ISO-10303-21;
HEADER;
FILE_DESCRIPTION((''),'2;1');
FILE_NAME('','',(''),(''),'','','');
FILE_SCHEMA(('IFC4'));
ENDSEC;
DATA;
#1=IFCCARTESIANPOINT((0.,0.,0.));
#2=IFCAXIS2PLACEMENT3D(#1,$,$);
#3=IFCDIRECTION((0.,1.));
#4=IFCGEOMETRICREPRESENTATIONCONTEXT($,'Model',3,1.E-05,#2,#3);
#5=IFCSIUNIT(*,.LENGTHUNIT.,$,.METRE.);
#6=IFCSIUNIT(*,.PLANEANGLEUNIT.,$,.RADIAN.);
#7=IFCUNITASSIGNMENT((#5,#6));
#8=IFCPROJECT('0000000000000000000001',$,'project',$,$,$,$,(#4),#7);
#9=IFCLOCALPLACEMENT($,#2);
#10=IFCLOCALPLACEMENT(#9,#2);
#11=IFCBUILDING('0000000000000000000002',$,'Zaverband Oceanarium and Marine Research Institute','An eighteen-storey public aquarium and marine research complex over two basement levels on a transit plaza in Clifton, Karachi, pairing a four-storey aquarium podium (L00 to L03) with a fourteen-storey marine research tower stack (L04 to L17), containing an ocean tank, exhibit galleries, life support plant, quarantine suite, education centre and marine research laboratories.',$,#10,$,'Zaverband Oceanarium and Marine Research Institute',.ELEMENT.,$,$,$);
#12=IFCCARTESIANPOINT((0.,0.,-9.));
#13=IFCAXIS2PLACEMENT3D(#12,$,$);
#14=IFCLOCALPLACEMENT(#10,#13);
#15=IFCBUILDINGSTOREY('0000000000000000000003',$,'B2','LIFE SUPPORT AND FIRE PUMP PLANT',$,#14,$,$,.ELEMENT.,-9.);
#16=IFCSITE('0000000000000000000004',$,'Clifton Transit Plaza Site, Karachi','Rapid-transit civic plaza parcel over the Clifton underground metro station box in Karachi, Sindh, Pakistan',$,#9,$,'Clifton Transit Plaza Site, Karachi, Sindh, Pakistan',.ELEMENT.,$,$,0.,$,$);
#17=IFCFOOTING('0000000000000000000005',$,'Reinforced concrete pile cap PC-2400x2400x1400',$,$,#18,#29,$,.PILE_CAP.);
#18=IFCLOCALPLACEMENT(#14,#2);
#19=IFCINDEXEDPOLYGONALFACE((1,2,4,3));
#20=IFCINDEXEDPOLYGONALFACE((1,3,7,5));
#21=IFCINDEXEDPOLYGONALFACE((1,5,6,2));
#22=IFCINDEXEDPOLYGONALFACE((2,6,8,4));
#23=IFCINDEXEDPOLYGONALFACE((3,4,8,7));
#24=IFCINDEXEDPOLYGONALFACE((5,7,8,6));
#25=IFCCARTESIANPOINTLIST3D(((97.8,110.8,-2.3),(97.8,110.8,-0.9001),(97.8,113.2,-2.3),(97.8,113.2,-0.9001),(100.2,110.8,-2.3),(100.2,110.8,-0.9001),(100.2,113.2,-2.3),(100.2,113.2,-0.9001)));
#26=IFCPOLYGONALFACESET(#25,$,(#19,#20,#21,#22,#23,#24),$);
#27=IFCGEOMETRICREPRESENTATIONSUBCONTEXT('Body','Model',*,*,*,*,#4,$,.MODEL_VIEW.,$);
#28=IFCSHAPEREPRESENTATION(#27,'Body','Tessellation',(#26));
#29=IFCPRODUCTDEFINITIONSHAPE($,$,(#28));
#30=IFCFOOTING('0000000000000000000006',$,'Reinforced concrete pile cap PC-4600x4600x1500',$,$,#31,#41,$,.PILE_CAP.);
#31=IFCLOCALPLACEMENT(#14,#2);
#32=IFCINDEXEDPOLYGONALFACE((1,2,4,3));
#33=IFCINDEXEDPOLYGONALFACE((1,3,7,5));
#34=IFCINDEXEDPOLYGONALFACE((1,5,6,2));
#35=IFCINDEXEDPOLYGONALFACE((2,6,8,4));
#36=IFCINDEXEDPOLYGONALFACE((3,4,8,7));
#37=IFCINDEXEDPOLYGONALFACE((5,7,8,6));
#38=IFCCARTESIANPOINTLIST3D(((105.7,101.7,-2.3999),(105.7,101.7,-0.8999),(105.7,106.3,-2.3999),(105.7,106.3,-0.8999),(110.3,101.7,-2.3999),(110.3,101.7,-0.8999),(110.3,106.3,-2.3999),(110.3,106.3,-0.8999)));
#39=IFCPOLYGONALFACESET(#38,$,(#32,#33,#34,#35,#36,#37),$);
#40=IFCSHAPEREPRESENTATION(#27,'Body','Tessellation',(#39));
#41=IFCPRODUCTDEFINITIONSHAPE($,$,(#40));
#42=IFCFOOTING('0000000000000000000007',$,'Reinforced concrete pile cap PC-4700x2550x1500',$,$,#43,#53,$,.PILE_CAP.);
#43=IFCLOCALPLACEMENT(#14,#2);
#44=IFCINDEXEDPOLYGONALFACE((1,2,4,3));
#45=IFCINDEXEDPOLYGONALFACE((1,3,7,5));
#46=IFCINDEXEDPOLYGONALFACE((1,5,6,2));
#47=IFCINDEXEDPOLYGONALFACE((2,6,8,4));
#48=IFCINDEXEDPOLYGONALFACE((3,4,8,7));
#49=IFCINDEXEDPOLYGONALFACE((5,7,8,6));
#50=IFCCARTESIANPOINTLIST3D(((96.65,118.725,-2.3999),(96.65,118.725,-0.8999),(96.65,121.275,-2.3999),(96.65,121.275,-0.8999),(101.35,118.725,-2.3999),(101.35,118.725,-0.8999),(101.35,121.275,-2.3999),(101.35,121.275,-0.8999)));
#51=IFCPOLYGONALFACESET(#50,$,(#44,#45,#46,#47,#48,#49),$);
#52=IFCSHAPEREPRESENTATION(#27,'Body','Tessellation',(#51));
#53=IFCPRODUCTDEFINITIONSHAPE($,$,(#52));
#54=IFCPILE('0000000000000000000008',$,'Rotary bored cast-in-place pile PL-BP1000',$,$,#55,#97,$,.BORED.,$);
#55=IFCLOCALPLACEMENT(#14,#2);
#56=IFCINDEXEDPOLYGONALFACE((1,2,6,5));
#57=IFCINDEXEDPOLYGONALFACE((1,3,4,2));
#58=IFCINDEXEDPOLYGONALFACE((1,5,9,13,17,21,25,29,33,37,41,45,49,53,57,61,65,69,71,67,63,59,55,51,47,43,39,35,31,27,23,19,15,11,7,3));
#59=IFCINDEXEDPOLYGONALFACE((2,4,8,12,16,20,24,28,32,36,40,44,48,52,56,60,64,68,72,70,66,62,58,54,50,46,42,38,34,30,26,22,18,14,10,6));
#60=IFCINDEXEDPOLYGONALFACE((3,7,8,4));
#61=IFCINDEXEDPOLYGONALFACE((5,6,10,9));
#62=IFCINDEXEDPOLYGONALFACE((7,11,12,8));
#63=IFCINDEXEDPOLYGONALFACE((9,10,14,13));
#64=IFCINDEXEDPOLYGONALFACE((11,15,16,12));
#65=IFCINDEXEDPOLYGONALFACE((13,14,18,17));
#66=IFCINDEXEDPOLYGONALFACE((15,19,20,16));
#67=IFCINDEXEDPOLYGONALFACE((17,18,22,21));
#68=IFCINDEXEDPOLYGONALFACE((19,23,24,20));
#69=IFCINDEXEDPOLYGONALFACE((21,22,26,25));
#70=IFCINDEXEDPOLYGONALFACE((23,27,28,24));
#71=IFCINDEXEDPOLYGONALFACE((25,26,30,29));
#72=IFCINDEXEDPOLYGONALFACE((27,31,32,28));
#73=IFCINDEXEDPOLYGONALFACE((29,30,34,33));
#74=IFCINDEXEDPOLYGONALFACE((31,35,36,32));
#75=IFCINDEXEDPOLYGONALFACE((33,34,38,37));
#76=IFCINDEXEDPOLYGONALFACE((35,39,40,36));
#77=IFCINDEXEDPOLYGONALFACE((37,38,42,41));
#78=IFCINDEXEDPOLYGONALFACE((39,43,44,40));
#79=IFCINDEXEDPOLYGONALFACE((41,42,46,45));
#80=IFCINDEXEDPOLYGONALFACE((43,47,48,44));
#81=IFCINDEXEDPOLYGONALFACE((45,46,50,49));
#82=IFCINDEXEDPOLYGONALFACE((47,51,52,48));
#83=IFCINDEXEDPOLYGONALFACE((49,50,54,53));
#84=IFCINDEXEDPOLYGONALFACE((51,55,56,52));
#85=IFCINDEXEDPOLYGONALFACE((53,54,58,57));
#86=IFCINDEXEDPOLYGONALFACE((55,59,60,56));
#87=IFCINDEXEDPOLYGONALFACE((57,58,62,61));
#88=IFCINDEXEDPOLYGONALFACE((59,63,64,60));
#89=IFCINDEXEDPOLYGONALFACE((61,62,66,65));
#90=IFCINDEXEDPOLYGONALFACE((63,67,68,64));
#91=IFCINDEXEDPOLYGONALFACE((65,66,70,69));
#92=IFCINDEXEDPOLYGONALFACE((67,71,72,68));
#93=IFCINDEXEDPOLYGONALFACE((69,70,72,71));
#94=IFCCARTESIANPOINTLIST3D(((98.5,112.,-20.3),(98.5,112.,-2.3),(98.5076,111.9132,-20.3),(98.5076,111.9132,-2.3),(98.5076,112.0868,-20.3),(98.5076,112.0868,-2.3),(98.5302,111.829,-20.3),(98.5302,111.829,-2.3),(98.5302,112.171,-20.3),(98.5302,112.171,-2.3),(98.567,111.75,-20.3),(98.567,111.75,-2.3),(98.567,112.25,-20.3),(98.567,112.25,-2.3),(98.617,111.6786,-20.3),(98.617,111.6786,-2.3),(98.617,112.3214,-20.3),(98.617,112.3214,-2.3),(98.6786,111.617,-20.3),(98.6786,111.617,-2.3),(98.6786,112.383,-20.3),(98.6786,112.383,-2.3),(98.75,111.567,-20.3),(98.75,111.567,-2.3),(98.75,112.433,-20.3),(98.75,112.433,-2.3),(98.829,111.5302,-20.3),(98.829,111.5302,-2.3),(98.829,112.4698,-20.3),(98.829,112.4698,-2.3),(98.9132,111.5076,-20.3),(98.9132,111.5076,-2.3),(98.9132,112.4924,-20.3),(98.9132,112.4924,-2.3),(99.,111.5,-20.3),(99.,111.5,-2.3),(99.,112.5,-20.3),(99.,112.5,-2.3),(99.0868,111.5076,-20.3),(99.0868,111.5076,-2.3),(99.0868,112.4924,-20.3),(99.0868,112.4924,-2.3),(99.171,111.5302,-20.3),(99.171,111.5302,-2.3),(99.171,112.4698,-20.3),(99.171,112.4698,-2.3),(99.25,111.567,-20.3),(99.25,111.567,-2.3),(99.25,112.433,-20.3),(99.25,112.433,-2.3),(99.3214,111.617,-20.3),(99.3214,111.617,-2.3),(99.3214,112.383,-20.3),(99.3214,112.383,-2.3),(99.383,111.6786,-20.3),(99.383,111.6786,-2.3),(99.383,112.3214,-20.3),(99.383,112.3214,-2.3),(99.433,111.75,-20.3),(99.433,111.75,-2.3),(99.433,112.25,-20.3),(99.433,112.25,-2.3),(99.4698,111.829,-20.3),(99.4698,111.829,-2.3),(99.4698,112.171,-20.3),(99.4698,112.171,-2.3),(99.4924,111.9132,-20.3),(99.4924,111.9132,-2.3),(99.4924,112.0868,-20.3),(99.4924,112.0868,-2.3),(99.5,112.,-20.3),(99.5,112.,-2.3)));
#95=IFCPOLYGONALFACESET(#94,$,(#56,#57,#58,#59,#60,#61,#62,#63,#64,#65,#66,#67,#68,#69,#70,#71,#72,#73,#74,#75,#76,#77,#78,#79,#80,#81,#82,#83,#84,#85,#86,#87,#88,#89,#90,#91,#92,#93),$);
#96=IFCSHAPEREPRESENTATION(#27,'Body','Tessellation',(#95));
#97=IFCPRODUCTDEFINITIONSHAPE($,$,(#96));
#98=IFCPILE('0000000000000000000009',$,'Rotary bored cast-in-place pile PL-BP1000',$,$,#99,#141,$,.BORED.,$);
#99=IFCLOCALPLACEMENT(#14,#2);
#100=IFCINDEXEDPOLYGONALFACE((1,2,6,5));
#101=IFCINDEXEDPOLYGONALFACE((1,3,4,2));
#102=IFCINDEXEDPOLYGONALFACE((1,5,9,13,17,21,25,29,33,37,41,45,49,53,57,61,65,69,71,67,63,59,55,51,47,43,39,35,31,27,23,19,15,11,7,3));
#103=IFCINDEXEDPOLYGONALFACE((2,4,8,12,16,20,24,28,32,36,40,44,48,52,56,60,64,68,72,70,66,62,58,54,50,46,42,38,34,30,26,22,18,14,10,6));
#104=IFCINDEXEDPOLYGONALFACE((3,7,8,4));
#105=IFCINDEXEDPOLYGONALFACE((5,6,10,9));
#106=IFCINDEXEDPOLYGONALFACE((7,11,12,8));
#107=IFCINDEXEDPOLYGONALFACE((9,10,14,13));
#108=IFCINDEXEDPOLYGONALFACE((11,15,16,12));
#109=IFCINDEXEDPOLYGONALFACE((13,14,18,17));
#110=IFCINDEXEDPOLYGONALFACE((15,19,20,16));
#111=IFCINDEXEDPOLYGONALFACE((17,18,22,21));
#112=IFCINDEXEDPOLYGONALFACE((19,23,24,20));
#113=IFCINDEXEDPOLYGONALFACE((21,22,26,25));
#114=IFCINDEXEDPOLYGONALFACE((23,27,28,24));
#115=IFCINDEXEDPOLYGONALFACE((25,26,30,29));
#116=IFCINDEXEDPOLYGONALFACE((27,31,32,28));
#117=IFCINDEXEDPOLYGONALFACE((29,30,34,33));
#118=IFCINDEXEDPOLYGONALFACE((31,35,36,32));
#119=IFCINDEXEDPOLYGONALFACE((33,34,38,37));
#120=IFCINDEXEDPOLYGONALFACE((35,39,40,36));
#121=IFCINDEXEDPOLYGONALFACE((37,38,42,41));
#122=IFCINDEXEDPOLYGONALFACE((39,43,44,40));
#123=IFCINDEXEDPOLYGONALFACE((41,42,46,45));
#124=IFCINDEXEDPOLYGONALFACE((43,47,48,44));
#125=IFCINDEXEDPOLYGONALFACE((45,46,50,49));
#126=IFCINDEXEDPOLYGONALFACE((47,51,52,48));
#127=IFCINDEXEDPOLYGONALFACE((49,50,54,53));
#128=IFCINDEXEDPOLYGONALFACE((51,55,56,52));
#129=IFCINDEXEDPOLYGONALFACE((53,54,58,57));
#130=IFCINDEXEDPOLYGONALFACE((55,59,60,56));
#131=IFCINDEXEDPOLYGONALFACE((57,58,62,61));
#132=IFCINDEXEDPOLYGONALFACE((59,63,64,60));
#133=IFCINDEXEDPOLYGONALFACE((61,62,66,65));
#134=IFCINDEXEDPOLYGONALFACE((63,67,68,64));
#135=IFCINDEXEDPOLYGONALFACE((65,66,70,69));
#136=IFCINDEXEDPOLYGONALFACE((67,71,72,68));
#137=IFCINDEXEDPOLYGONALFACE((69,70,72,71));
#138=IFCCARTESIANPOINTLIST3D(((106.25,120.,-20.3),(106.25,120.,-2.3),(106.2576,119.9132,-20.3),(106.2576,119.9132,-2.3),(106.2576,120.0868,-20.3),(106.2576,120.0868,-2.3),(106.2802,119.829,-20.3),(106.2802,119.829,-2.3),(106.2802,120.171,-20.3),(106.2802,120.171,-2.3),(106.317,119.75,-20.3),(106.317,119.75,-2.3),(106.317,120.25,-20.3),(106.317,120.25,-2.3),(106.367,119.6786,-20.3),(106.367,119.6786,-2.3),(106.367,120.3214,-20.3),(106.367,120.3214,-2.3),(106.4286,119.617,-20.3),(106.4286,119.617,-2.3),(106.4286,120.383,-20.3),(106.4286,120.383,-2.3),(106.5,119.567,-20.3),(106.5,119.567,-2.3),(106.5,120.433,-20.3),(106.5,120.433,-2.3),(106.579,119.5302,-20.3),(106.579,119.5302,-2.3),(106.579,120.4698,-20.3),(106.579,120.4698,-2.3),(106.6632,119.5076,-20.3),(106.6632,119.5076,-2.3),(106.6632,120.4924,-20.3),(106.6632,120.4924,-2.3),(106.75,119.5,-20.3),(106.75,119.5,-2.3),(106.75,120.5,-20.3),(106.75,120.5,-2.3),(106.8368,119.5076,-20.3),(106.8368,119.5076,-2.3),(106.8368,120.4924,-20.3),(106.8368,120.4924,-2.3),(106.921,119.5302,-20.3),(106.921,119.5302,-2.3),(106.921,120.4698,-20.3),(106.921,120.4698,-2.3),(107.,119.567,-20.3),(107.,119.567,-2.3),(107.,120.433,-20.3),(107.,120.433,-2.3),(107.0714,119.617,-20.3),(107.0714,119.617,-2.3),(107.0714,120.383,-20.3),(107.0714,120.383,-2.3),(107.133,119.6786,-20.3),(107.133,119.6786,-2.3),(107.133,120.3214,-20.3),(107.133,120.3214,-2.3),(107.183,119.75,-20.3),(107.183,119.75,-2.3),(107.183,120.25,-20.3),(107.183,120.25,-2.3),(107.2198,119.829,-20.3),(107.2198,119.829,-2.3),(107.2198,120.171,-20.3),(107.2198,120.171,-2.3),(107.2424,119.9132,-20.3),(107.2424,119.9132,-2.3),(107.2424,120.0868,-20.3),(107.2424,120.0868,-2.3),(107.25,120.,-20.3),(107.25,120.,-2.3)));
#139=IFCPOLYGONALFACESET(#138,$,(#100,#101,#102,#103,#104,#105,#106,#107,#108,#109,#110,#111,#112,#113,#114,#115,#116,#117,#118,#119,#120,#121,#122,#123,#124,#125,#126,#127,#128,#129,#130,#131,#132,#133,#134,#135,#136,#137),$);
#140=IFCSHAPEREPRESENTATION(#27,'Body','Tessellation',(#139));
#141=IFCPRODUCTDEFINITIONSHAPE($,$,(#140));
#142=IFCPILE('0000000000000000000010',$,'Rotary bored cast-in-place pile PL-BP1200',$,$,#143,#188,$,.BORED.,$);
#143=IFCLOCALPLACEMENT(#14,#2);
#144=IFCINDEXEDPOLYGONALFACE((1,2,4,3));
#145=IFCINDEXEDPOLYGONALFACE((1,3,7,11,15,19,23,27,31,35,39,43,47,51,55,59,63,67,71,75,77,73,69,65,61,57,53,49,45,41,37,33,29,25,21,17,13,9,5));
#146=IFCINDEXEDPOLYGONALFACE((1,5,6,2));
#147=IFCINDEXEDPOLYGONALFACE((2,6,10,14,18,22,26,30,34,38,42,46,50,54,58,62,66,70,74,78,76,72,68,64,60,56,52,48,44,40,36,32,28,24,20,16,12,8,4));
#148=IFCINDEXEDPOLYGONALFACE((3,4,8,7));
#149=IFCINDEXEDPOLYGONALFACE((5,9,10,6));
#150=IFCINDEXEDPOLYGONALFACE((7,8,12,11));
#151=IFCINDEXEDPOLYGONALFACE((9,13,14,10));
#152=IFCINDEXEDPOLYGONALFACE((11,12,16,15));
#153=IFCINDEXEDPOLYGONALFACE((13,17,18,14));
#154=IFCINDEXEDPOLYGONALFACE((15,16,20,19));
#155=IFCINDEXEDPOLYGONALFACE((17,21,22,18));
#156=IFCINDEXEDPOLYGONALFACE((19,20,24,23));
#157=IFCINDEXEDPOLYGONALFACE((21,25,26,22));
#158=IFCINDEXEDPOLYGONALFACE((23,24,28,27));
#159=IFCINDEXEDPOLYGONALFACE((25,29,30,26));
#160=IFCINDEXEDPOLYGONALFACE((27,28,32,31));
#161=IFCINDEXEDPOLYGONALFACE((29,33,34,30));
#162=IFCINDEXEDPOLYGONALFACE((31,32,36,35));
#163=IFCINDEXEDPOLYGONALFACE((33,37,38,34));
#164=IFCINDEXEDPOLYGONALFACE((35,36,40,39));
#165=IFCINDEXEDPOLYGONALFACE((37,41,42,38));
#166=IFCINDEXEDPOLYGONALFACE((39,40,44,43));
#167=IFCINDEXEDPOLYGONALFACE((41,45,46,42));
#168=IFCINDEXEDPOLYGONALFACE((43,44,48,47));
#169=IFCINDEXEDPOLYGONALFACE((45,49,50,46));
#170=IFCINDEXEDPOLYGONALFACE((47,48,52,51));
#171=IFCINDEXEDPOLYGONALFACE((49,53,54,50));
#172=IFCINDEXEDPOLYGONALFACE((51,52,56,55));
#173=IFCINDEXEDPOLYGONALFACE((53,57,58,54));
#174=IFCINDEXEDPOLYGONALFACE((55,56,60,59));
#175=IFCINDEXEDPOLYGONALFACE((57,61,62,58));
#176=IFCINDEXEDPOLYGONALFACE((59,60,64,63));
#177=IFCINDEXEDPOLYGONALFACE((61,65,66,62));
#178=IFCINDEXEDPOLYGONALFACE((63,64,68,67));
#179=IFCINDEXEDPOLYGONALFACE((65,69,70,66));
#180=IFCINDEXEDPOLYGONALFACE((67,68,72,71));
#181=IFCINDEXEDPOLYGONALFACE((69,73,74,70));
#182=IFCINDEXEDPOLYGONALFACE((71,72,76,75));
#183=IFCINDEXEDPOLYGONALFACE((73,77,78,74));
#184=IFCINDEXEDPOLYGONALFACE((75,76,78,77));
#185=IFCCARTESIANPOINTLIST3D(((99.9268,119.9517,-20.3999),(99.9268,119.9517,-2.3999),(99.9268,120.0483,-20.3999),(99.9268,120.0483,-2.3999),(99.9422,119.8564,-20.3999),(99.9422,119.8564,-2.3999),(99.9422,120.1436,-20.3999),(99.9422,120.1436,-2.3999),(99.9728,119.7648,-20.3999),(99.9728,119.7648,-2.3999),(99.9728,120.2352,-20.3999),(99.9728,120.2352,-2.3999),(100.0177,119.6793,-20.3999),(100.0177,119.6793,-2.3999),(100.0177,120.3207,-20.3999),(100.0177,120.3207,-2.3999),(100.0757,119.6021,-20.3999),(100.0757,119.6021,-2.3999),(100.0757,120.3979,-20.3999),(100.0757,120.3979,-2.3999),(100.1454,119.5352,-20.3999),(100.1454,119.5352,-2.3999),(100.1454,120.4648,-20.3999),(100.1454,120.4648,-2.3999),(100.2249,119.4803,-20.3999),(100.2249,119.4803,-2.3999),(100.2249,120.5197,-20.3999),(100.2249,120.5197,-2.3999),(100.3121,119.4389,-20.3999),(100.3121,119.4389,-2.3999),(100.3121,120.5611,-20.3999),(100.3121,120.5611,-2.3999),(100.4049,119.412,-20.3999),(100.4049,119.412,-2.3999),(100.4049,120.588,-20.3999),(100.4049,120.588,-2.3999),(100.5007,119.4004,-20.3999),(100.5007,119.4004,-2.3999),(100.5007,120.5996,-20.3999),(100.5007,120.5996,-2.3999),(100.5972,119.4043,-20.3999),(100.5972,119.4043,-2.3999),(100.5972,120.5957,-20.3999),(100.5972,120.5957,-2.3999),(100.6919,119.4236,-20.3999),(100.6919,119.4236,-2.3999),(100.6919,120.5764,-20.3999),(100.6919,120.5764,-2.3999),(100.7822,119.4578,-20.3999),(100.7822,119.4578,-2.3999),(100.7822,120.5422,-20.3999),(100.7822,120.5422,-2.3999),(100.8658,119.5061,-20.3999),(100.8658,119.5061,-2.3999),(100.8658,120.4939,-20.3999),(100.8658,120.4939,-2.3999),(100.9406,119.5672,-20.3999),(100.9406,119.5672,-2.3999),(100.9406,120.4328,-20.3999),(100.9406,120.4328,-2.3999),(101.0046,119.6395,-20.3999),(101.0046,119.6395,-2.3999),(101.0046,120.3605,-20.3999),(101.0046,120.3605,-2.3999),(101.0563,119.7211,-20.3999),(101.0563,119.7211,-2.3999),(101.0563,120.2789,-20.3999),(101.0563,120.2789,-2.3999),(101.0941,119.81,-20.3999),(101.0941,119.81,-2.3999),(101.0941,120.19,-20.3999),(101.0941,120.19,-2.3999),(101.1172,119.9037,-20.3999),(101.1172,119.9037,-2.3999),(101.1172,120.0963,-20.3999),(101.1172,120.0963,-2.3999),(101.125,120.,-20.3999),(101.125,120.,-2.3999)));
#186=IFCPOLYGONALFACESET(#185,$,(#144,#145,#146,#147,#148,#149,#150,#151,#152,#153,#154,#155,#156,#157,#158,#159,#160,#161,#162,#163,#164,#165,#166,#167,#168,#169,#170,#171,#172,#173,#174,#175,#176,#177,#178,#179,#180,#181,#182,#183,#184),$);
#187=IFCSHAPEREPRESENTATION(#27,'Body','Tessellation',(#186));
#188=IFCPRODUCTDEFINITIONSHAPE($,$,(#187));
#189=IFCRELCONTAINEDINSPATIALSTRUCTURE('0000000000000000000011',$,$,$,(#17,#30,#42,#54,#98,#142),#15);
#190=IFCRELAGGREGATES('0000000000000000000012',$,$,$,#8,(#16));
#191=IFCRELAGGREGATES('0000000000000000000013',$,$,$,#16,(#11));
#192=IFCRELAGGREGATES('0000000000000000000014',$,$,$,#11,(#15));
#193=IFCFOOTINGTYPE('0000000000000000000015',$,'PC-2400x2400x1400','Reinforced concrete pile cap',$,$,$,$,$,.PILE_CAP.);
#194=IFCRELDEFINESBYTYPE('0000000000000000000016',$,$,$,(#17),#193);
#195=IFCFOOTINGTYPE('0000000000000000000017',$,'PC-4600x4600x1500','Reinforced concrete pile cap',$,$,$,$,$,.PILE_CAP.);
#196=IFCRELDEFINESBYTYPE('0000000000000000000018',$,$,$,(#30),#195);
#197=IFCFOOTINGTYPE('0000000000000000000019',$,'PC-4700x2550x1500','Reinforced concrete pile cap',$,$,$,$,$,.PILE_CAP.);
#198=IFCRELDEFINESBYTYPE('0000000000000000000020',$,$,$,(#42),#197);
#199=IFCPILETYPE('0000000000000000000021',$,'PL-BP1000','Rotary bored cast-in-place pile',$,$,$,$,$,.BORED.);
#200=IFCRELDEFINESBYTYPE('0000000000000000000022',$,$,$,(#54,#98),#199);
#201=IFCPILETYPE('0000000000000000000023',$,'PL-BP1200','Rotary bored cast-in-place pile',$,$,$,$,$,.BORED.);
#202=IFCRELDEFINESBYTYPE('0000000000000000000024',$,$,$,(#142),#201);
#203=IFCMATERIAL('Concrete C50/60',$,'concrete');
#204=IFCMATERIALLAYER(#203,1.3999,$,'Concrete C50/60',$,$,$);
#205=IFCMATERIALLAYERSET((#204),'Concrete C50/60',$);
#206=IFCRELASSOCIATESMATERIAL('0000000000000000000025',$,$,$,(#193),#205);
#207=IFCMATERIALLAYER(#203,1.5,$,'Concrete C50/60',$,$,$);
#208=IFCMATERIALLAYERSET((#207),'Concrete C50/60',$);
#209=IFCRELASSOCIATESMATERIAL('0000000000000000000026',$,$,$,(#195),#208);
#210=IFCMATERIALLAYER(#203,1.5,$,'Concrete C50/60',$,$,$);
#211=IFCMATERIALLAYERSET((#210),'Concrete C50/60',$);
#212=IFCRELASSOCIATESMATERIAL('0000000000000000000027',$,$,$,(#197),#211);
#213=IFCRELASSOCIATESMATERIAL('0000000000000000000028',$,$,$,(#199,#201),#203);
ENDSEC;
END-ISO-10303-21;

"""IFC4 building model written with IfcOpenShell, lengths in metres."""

from ifc_helpers import new_model, si_unit, direction, frame, origin, origin_2d, place, context, subcontext, project, spatial, rectangle, circle, extrude, material, layer, layer_set, material_profile, profile_set, type_object, element, save


model = new_model("IFC4")

# Units and contexts
model_context = context("Model", 3, precision=1e-05, world=origin(), true_north=direction((0.0, 1.0)))
body_context = subcontext(model_context, "Body", "Model", "MODEL_VIEW")
ifc_project = project(units=[si_unit("LENGTHUNIT", "METRE"), si_unit("PLANEANGLEUNIT", "RADIAN")], contexts=[model_context])

# Site, building, storey
site_placement = place(None, origin())
site = spatial("IfcSite", under=ifc_project, at=site_placement, Name="Clifton Transit Plaza Site, Karachi", Description="Rapid-transit civic plaza parcel over the Clifton underground metro station box in Karachi, Sindh, Pakistan", LongName="Clifton Transit Plaza Site, Karachi, Sindh, Pakistan", CompositionType="ELEMENT", RefElevation=0.0)
building_placement = place(site_placement, origin())
building = spatial("IfcBuilding", under=site, at=building_placement, Name="Zaverband Oceanarium and Marine Research Institute", Description="An eighteen-storey public aquarium and marine research complex over two basement levels on a transit plaza in Clifton, Karachi, pairing a four-storey aquarium podium (L00 to L03) with a fourteen-storey marine research tower stack (L04 to L17), containing an ocean tank, exhibit galleries, life support plant, quarantine suite, education centre and marine research laboratories.", LongName="Zaverband Oceanarium and Marine Research Institute", CompositionType="ELEMENT")
storey_placement = place(building_placement, frame((0.0, 0.0, -9.0)))
storey = spatial("IfcBuildingStorey", under=building, at=storey_placement, Name="B2", Description="LIFE SUPPORT AND FIRE PUMP PLANT", CompositionType="ELEMENT", Elevation=-9.0)

# Footings
ifc_material_1 = material(Name="Concrete C50/60", Category="concrete")
ifc_layer_1 = layer(ifc_material_1, 1.3999, Name="Concrete C50/60")
ifc_layer_set_1 = layer_set([ifc_layer_1], Name="Concrete C50/60")
footing_type_1 = type_object("IfcFootingType", Name="PC-2400x2400x1400", Description="Reinforced concrete pile cap", PredefinedType="PILE_CAP", material=ifc_layer_set_1)
footing_1_placement = place(storey_placement, frame((99.0, 112.0, -2.3), z_axis=(0.0, 0.0, 1.0), x_axis=(1.0, 0.0, 0.0)))
element("IfcFooting", 1, at=footing_1_placement, inside=storey, type_object=footing_type_1, Name="Reinforced concrete pile cap PC-2400x2400x1400", PredefinedType="PILE_CAP", context=body_context, shape_type="SweptSolid", body=[
    extrude(rectangle(XDim=2.3999, YDim=2.3999, at=origin_2d()), origin(), (0.0, 0.0, 1.0), 1.3999),
])
ifc_layer_2 = layer(ifc_material_1, 1.5, Name="Concrete C50/60")
ifc_layer_set_2 = layer_set([ifc_layer_2], Name="Concrete C50/60")
footing_type_2 = type_object("IfcFootingType", Name="PC-4600x4600x1500", Description="Reinforced concrete pile cap", PredefinedType="PILE_CAP", material=ifc_layer_set_2)
footing_2_placement = place(storey_placement, frame((108.0, 104.0, -2.3999), z_axis=(0.0, 0.0, 1.0), x_axis=(1.0, 0.0, 0.0)))
element("IfcFooting", 2, at=footing_2_placement, inside=storey, type_object=footing_type_2, Name="Reinforced concrete pile cap PC-4600x4600x1500", PredefinedType="PILE_CAP", context=body_context, shape_type="SweptSolid", body=[
    extrude(rectangle(XDim=4.6001, YDim=4.6001, at=origin_2d()), origin(), (0.0, 0.0, 1.0), 1.5),
])
ifc_layer_3 = layer(ifc_material_1, 1.5, Name="Concrete C50/60")
ifc_layer_set_3 = layer_set([ifc_layer_3], Name="Concrete C50/60")
footing_type_3 = type_object("IfcFootingType", Name="PC-4700x2550x1500", Description="Reinforced concrete pile cap", PredefinedType="PILE_CAP", material=ifc_layer_set_3)
footing_3_placement = place(storey_placement, frame((99.0, 120.0, -2.3999), z_axis=(0.0, 0.0, 1.0), x_axis=(1.0, 0.0, 0.0)))
element("IfcFooting", 3, at=footing_3_placement, inside=storey, type_object=footing_type_3, Name="Reinforced concrete pile cap PC-4700x2550x1500", PredefinedType="PILE_CAP", context=body_context, shape_type="SweptSolid", body=[
    extrude(rectangle(XDim=4.7, YDim=2.55, at=origin_2d()), origin(), (0.0, 0.0, 1.0), 1.5),
])

# Piles
ifc_material_profile_1 = material_profile(ifc_material_1, circle(Radius=0.5, at=origin_2d()), Name="BP1000")
ifc_profile_set_1 = profile_set([ifc_material_profile_1], Name="Concrete C50/60")
pile_type_1 = type_object("IfcPileType", Name="PL-BP1000", Description="Rotary bored cast-in-place pile", PredefinedType="BORED", material=ifc_profile_set_1)
for number, where, z_axis, x_axis, name in (
    (4, (99.0, 112.0, -2.3), (0.0, 0.0, -1.0), (1.0, 0.0, 0.0), "Rotary bored cast-in-place pile PL-BP1000"),
    (5, (106.75, 120.0, -2.3), (0.0, 0.0, -1.0), (1.0, 0.0, 0.0), "Rotary bored cast-in-place pile PL-BP1000"),
):
    element("IfcPile", number, at=place(storey_placement, frame(where, z_axis=z_axis, x_axis=x_axis)), inside=storey, type_object=pile_type_1, Name=name, PredefinedType="BORED", context=body_context, shape_type="SweptSolid", body=[
        extrude(circle(Radius=0.5, at=origin_2d()), origin(), (0.0, 0.0, 1.0), 18.0),
    ])
ifc_material_profile_2 = material_profile(ifc_material_1, circle(Radius=0.6001, at=origin_2d()), Name="BP1200")
ifc_profile_set_2 = profile_set([ifc_material_profile_2], Name="Concrete C50/60")
pile_type_2 = type_object("IfcPileType", Name="PL-BP1200", Description="Rotary bored cast-in-place pile", PredefinedType="BORED", material=ifc_profile_set_2)
for number, where, z_axis, x_axis, name in (
    (6, (100.5249, 120.0, -2.3999), (0.0, 0.0, -1.0), (1.0, 0.0, 0.0), "Rotary bored cast-in-place pile PL-BP1200"),
):
    element("IfcPile", number, at=place(storey_placement, frame(where, z_axis=z_axis, x_axis=x_axis)), inside=storey, type_object=pile_type_2, Name=name, PredefinedType="BORED", context=body_context, shape_type="SweptSolid", body=[
        extrude(circle(Radius=0.6001, at=origin_2d()), origin(), (0.0, 0.0, 1.0), 18.0),
    ])

save(model, "model.ifc")
